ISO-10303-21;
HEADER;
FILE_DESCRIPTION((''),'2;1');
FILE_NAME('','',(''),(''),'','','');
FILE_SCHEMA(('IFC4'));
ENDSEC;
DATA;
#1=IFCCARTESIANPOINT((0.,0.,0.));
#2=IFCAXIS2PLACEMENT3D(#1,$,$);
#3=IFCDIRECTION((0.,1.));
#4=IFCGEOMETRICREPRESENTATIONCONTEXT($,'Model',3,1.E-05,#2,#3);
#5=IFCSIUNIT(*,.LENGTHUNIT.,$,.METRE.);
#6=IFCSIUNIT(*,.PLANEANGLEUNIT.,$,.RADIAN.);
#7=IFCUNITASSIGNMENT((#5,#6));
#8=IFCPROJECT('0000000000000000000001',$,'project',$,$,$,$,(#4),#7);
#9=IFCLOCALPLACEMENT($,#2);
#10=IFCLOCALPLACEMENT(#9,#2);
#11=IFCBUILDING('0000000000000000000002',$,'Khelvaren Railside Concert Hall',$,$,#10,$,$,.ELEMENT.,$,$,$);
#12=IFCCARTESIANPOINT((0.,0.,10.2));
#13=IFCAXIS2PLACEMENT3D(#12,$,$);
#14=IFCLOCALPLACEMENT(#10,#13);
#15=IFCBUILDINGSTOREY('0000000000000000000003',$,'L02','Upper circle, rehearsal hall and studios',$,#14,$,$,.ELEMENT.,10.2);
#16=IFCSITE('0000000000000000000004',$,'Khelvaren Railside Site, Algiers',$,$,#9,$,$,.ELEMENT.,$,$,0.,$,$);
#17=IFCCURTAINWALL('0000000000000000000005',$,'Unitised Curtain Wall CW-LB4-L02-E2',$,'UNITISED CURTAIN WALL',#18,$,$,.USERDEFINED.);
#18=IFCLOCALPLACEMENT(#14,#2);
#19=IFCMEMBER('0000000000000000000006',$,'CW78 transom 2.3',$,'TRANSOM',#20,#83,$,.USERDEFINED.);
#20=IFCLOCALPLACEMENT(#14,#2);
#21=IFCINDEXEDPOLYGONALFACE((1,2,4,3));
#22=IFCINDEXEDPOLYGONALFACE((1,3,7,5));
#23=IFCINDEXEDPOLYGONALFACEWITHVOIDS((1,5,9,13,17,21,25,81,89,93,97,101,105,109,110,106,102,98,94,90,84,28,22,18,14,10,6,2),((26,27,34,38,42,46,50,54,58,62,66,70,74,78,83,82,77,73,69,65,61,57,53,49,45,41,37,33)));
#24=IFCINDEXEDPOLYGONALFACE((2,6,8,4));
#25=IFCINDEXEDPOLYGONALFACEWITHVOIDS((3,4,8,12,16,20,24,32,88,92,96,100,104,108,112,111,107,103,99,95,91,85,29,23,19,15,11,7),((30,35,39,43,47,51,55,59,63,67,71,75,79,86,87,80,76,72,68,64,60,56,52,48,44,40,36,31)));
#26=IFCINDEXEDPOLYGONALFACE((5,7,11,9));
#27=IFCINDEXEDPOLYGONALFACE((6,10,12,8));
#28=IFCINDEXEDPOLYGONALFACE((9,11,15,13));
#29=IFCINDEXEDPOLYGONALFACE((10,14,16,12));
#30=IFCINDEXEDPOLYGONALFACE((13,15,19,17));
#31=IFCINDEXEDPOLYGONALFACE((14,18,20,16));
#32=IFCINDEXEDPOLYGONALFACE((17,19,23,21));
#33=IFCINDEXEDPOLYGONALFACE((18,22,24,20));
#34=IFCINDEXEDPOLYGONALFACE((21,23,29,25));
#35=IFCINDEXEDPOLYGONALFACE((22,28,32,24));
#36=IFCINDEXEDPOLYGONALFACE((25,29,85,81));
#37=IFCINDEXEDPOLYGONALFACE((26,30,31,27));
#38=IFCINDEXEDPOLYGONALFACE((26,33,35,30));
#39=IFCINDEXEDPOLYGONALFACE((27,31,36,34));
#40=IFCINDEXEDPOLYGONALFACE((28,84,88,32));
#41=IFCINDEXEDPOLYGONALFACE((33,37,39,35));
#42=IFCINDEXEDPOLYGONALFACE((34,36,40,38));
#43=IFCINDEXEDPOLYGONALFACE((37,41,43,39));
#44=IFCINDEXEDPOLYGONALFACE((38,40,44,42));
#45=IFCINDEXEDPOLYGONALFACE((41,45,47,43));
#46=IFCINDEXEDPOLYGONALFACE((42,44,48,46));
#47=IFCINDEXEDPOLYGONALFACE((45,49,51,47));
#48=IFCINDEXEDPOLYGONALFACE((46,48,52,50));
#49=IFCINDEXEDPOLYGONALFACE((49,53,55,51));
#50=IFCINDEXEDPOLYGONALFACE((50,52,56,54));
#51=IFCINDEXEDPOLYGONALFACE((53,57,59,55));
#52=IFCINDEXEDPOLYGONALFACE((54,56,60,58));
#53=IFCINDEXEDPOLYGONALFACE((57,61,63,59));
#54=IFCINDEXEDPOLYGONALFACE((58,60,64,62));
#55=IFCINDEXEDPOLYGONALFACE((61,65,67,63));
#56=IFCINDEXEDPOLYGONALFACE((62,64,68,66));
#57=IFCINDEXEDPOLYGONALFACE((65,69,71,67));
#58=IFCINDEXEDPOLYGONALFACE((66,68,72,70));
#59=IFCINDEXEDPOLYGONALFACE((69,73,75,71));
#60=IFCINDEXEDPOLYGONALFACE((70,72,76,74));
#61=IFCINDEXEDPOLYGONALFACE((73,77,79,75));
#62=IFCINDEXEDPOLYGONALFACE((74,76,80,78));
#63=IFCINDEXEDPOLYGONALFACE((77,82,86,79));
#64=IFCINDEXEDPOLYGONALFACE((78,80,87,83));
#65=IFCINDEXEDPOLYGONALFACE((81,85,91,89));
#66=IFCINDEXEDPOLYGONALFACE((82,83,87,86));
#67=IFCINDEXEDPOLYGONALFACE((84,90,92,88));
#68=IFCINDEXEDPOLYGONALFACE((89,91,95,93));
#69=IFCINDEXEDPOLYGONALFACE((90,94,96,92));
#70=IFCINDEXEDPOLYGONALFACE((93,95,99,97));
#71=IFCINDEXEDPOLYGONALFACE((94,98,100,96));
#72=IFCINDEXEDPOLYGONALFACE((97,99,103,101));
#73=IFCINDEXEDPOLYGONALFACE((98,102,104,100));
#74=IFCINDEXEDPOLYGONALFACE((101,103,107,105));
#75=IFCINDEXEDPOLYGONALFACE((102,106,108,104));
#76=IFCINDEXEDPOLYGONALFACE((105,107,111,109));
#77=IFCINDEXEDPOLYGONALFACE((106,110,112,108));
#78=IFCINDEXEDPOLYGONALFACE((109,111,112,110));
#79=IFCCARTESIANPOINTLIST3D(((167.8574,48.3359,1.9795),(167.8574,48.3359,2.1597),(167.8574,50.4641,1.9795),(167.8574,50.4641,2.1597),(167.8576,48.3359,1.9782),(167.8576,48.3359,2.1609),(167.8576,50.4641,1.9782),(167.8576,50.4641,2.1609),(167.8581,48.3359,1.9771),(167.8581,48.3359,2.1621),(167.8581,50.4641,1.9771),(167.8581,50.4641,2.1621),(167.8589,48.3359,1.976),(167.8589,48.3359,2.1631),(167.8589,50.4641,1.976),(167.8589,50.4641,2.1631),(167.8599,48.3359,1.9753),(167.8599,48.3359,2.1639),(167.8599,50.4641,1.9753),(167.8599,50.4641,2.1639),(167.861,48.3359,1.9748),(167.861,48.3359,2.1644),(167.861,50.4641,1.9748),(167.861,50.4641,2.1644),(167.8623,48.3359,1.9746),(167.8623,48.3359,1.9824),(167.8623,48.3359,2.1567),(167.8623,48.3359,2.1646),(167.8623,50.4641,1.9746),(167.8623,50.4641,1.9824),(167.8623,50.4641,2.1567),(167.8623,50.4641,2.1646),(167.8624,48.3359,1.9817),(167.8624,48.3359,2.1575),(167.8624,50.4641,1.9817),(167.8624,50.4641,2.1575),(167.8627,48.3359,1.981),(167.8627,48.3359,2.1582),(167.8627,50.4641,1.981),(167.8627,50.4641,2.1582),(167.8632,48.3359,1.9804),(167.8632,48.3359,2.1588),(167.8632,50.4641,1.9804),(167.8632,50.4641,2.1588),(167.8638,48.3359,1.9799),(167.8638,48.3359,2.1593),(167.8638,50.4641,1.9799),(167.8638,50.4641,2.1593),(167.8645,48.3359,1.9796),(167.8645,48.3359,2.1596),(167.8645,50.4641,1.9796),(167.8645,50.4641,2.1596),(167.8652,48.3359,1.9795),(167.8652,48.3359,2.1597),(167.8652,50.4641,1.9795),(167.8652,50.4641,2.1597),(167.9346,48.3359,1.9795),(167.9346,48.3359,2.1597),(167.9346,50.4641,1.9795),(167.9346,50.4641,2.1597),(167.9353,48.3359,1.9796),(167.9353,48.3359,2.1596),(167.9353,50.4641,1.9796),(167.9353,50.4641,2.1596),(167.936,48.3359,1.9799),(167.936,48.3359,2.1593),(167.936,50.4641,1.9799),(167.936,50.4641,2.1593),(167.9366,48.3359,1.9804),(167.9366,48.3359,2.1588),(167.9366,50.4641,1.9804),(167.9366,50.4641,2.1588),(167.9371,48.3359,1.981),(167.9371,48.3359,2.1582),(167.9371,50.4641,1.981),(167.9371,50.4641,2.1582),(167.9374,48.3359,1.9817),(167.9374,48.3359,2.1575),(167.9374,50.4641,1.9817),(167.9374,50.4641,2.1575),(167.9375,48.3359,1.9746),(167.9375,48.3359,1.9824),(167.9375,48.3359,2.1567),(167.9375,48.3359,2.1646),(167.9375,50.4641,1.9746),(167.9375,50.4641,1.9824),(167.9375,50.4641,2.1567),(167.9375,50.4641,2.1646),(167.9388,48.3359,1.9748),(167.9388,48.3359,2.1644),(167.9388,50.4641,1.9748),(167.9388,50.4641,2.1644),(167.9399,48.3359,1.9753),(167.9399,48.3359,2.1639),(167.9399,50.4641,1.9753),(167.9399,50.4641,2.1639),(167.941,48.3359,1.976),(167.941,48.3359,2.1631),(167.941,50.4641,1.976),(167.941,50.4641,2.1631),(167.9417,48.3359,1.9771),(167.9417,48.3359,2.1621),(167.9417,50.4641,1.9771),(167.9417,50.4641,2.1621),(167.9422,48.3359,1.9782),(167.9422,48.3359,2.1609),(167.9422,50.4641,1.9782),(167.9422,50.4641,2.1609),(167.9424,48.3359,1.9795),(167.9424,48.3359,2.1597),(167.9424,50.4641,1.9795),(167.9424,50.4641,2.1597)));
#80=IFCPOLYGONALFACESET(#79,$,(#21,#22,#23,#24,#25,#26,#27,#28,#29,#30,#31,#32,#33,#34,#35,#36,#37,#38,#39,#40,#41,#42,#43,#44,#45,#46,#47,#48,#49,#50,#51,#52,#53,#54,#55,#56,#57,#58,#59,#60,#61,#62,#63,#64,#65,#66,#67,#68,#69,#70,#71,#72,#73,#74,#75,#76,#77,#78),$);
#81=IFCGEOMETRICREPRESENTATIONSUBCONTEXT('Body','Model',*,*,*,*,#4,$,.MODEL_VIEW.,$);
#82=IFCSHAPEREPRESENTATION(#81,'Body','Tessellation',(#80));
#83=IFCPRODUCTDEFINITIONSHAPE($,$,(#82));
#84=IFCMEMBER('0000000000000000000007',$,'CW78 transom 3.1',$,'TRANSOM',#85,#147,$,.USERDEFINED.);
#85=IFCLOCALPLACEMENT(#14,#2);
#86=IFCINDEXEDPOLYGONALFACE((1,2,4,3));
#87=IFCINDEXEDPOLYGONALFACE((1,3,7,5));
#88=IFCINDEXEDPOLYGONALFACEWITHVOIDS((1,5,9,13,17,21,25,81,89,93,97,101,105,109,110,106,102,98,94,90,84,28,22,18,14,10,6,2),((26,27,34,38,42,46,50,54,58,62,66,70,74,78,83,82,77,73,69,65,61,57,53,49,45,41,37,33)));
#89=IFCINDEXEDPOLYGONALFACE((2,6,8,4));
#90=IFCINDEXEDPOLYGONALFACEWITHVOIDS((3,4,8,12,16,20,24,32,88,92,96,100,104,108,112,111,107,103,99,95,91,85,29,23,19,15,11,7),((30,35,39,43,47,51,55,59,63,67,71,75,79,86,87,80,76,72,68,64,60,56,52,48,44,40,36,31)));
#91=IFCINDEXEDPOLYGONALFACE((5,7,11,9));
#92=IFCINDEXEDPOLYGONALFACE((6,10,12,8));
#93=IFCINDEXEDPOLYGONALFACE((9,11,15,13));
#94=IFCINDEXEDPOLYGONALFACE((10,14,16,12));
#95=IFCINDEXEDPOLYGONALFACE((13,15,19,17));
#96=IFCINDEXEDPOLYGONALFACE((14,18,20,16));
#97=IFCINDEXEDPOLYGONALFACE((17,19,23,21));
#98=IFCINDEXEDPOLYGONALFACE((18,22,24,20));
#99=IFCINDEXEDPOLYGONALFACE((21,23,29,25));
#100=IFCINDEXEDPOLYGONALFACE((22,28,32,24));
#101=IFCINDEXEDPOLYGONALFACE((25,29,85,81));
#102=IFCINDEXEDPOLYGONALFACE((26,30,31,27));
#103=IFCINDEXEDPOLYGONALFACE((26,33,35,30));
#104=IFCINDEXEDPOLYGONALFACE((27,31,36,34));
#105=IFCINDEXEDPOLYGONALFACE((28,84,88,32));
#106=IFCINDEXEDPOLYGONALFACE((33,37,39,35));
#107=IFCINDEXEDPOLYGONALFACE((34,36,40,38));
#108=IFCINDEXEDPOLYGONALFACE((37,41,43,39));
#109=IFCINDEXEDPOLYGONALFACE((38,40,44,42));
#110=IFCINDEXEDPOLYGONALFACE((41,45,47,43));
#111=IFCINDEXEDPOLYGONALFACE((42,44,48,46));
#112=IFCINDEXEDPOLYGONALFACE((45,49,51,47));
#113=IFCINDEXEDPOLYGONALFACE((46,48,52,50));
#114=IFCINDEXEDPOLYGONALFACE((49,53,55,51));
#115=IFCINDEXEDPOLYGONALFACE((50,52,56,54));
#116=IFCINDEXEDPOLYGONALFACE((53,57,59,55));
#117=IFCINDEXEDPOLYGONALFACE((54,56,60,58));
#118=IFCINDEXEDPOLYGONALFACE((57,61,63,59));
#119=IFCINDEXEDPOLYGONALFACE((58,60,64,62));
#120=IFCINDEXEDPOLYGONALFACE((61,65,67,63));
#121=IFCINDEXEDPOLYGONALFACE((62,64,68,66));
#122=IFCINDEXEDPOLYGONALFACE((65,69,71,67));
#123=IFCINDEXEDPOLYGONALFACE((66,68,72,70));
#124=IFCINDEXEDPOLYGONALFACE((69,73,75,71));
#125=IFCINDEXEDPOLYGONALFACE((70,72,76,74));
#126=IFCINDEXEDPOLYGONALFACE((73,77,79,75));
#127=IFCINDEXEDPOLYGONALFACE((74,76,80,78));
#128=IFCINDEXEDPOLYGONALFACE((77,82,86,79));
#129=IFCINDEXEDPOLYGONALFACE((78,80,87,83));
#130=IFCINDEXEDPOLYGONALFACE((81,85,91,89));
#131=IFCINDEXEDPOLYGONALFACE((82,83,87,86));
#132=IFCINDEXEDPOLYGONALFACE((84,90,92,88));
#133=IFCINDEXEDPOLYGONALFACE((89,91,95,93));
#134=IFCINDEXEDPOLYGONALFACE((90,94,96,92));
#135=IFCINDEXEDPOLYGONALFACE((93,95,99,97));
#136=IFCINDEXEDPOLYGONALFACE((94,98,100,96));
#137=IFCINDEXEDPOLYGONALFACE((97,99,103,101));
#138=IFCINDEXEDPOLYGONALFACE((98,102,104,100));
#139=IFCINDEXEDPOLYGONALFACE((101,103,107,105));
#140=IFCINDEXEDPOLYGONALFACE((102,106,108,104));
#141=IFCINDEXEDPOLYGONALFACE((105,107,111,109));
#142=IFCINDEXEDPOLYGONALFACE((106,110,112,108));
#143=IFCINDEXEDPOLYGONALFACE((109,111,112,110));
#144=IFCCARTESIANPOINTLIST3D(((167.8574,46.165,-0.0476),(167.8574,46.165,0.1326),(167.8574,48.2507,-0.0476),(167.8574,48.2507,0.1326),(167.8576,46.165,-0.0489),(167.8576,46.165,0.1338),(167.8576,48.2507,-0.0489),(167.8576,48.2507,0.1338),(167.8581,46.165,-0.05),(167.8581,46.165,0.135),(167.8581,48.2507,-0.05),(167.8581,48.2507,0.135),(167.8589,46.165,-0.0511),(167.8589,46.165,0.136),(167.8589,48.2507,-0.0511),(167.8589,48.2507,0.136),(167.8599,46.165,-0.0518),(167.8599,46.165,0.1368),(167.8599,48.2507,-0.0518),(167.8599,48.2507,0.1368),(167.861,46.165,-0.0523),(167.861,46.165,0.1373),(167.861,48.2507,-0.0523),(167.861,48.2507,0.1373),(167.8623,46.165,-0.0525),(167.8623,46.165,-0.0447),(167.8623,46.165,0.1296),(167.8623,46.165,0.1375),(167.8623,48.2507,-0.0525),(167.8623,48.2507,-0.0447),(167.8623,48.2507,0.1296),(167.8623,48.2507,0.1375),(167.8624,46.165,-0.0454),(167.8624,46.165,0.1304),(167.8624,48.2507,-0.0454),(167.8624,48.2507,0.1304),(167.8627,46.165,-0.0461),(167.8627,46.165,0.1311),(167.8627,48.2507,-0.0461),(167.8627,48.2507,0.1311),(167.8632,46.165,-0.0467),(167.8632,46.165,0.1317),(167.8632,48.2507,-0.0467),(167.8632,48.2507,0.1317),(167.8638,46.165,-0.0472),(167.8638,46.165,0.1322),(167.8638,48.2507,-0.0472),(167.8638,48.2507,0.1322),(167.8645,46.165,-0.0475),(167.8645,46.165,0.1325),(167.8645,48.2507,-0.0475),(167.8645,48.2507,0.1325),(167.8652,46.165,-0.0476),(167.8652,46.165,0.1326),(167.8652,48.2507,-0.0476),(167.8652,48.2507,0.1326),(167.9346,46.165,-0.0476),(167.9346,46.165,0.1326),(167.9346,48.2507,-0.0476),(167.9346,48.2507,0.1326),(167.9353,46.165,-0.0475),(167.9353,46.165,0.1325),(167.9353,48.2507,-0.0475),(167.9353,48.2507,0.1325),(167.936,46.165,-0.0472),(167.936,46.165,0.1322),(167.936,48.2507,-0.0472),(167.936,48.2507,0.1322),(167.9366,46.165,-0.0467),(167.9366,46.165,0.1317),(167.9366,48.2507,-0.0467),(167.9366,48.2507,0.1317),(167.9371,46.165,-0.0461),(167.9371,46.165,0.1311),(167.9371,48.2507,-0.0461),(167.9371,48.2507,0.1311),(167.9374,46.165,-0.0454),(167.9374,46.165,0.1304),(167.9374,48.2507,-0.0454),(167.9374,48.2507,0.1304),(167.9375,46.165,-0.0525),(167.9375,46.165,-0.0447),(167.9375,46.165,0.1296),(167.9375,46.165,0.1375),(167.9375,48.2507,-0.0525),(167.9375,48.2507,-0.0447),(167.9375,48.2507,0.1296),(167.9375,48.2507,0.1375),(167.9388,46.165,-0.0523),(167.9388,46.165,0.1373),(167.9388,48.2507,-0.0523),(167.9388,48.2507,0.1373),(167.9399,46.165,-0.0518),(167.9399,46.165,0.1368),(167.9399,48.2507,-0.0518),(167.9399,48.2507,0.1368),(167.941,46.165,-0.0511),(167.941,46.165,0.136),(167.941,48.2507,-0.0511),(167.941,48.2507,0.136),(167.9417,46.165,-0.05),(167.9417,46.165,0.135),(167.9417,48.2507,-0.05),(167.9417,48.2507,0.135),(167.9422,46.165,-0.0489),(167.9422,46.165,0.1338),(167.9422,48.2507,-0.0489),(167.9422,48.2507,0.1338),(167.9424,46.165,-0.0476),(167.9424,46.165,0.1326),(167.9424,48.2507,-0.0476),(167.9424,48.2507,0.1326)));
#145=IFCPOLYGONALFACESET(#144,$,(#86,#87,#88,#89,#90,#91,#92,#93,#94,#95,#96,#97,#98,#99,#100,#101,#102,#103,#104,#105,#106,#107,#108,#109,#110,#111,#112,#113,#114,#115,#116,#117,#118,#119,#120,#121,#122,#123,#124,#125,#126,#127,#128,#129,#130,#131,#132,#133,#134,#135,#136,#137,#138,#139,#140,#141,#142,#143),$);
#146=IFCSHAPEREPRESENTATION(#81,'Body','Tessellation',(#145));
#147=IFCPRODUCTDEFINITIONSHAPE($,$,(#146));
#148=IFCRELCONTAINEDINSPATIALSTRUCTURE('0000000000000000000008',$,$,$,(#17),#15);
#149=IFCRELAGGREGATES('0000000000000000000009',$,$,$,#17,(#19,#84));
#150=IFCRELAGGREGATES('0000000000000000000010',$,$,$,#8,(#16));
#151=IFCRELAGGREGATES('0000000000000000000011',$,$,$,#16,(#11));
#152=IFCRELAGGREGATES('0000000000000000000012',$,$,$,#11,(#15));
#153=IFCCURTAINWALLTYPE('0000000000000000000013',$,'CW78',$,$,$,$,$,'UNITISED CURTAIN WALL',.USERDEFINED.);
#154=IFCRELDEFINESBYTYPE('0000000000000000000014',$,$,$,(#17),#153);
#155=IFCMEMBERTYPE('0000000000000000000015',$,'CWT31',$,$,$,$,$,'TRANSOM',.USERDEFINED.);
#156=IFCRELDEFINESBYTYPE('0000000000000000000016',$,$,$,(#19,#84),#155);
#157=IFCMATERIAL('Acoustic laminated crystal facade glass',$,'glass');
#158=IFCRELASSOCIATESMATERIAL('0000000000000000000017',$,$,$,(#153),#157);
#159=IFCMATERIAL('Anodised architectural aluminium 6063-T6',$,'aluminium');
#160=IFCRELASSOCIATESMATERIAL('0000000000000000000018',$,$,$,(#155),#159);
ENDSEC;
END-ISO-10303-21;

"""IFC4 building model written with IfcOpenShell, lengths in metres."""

from ifc_helpers import new_model, si_unit, direction, frame, origin, origin_2d, place, context, subcontext, project, spatial, hollow_rectangle, extrude, material, material_profile, profile_set, type_object, element, aggregate, save


model = new_model("IFC4")

# Units and contexts
model_context = context("Model", 3, precision=1e-05, world=origin(), true_north=direction((0.0, 1.0)))
body_context = subcontext(model_context, "Body", "Model", "MODEL_VIEW")
ifc_project = project(units=[si_unit("LENGTHUNIT", "METRE"), si_unit("PLANEANGLEUNIT", "RADIAN")], contexts=[model_context])

# Site, building, storey
site_placement = place(None, origin())
site = spatial("IfcSite", under=ifc_project, at=site_placement, Name="Khelvaren Railside Site, Algiers", CompositionType="ELEMENT", RefElevation=0.0)
building_placement = place(site_placement, origin())
building = spatial("IfcBuilding", under=site, at=building_placement, Name="Khelvaren Railside Concert Hall", CompositionType="ELEMENT")
storey_placement = place(building_placement, frame((0.0, 0.0, 10.2)))
storey = spatial("IfcBuildingStorey", under=building, at=storey_placement, Name="L02", Description="Upper circle, rehearsal hall and studios", CompositionType="ELEMENT", Elevation=10.2)

# Shared definitions
ifc_material_1 = material(Name="Anodised architectural aluminium 6063-T6", Category="aluminium")
ifc_material_2 = material(Name="Acoustic laminated crystal facade glass", Category="glass")
curtain_wall_type_1 = type_object("IfcCurtainWallType", Name="CW78", ElementType="UNITISED CURTAIN WALL", PredefinedType="USERDEFINED", material=ifc_material_2)

# Curtain wall
curtain_wall_1_placement = place(storey_placement, origin())
curtain_wall_1 = element("IfcCurtainWall", 1, at=curtain_wall_1_placement, inside=storey, type_object=curtain_wall_type_1, Name="Unitised Curtain Wall CW-LB4-L02-E2", ObjectType="UNITISED CURTAIN WALL", PredefinedType="USERDEFINED")

# Members
ifc_material_profile_1 = material_profile(ifc_material_1, hollow_rectangle(XDim=0.085, YDim=0.1899, WallThickness=0.0049, InnerFilletRadius=0.0029, OuterFilletRadius=0.0049, at=origin_2d()), Name="CWT 85x190x5")
ifc_profile_set_1 = profile_set([ifc_material_profile_1], Name="Anodised architectural aluminium 6063-T6")
member_type_1 = type_object("IfcMemberType", Name="CWT31", ElementType="TRANSOM", PredefinedType="USERDEFINED", material=ifc_profile_set_1)
member_1_placement = place(storey_placement, frame((167.8999, 50.4641, 2.0696), z_axis=(0.0, -1.0, 0.0), x_axis=(1.0, 0.0, 0.0)))
member_1 = element("IfcMember", 2, at=member_1_placement, type_object=member_type_1, Name="CW78 transom 2.3", ObjectType="TRANSOM", PredefinedType="USERDEFINED", context=body_context, shape_type="SweptSolid", body=[
    extrude(hollow_rectangle(XDim=0.085, YDim=0.1899, WallThickness=0.0049, InnerFilletRadius=0.0029, OuterFilletRadius=0.0049, at=origin_2d()), origin(), (0.0, 0.0, 1.0), 2.1282),
])
member_2_placement = place(storey_placement, frame((167.8999, 48.2507, 0.0425), z_axis=(0.0, -1.0, 0.0), x_axis=(1.0, 0.0, 0.0)))
member_2 = element("IfcMember", 3, at=member_2_placement, type_object=member_type_1, Name="CW78 transom 3.1", ObjectType="TRANSOM", PredefinedType="USERDEFINED", context=body_context, shape_type="SweptSolid", body=[
    extrude(hollow_rectangle(XDim=0.085, YDim=0.1899, WallThickness=0.0049, InnerFilletRadius=0.0029, OuterFilletRadius=0.0049, at=origin_2d()), origin(), (0.0, 0.0, 1.0), 2.0857),
])

aggregate(curtain_wall_1, [member_1, member_2])

save(model, "model.ifc")
